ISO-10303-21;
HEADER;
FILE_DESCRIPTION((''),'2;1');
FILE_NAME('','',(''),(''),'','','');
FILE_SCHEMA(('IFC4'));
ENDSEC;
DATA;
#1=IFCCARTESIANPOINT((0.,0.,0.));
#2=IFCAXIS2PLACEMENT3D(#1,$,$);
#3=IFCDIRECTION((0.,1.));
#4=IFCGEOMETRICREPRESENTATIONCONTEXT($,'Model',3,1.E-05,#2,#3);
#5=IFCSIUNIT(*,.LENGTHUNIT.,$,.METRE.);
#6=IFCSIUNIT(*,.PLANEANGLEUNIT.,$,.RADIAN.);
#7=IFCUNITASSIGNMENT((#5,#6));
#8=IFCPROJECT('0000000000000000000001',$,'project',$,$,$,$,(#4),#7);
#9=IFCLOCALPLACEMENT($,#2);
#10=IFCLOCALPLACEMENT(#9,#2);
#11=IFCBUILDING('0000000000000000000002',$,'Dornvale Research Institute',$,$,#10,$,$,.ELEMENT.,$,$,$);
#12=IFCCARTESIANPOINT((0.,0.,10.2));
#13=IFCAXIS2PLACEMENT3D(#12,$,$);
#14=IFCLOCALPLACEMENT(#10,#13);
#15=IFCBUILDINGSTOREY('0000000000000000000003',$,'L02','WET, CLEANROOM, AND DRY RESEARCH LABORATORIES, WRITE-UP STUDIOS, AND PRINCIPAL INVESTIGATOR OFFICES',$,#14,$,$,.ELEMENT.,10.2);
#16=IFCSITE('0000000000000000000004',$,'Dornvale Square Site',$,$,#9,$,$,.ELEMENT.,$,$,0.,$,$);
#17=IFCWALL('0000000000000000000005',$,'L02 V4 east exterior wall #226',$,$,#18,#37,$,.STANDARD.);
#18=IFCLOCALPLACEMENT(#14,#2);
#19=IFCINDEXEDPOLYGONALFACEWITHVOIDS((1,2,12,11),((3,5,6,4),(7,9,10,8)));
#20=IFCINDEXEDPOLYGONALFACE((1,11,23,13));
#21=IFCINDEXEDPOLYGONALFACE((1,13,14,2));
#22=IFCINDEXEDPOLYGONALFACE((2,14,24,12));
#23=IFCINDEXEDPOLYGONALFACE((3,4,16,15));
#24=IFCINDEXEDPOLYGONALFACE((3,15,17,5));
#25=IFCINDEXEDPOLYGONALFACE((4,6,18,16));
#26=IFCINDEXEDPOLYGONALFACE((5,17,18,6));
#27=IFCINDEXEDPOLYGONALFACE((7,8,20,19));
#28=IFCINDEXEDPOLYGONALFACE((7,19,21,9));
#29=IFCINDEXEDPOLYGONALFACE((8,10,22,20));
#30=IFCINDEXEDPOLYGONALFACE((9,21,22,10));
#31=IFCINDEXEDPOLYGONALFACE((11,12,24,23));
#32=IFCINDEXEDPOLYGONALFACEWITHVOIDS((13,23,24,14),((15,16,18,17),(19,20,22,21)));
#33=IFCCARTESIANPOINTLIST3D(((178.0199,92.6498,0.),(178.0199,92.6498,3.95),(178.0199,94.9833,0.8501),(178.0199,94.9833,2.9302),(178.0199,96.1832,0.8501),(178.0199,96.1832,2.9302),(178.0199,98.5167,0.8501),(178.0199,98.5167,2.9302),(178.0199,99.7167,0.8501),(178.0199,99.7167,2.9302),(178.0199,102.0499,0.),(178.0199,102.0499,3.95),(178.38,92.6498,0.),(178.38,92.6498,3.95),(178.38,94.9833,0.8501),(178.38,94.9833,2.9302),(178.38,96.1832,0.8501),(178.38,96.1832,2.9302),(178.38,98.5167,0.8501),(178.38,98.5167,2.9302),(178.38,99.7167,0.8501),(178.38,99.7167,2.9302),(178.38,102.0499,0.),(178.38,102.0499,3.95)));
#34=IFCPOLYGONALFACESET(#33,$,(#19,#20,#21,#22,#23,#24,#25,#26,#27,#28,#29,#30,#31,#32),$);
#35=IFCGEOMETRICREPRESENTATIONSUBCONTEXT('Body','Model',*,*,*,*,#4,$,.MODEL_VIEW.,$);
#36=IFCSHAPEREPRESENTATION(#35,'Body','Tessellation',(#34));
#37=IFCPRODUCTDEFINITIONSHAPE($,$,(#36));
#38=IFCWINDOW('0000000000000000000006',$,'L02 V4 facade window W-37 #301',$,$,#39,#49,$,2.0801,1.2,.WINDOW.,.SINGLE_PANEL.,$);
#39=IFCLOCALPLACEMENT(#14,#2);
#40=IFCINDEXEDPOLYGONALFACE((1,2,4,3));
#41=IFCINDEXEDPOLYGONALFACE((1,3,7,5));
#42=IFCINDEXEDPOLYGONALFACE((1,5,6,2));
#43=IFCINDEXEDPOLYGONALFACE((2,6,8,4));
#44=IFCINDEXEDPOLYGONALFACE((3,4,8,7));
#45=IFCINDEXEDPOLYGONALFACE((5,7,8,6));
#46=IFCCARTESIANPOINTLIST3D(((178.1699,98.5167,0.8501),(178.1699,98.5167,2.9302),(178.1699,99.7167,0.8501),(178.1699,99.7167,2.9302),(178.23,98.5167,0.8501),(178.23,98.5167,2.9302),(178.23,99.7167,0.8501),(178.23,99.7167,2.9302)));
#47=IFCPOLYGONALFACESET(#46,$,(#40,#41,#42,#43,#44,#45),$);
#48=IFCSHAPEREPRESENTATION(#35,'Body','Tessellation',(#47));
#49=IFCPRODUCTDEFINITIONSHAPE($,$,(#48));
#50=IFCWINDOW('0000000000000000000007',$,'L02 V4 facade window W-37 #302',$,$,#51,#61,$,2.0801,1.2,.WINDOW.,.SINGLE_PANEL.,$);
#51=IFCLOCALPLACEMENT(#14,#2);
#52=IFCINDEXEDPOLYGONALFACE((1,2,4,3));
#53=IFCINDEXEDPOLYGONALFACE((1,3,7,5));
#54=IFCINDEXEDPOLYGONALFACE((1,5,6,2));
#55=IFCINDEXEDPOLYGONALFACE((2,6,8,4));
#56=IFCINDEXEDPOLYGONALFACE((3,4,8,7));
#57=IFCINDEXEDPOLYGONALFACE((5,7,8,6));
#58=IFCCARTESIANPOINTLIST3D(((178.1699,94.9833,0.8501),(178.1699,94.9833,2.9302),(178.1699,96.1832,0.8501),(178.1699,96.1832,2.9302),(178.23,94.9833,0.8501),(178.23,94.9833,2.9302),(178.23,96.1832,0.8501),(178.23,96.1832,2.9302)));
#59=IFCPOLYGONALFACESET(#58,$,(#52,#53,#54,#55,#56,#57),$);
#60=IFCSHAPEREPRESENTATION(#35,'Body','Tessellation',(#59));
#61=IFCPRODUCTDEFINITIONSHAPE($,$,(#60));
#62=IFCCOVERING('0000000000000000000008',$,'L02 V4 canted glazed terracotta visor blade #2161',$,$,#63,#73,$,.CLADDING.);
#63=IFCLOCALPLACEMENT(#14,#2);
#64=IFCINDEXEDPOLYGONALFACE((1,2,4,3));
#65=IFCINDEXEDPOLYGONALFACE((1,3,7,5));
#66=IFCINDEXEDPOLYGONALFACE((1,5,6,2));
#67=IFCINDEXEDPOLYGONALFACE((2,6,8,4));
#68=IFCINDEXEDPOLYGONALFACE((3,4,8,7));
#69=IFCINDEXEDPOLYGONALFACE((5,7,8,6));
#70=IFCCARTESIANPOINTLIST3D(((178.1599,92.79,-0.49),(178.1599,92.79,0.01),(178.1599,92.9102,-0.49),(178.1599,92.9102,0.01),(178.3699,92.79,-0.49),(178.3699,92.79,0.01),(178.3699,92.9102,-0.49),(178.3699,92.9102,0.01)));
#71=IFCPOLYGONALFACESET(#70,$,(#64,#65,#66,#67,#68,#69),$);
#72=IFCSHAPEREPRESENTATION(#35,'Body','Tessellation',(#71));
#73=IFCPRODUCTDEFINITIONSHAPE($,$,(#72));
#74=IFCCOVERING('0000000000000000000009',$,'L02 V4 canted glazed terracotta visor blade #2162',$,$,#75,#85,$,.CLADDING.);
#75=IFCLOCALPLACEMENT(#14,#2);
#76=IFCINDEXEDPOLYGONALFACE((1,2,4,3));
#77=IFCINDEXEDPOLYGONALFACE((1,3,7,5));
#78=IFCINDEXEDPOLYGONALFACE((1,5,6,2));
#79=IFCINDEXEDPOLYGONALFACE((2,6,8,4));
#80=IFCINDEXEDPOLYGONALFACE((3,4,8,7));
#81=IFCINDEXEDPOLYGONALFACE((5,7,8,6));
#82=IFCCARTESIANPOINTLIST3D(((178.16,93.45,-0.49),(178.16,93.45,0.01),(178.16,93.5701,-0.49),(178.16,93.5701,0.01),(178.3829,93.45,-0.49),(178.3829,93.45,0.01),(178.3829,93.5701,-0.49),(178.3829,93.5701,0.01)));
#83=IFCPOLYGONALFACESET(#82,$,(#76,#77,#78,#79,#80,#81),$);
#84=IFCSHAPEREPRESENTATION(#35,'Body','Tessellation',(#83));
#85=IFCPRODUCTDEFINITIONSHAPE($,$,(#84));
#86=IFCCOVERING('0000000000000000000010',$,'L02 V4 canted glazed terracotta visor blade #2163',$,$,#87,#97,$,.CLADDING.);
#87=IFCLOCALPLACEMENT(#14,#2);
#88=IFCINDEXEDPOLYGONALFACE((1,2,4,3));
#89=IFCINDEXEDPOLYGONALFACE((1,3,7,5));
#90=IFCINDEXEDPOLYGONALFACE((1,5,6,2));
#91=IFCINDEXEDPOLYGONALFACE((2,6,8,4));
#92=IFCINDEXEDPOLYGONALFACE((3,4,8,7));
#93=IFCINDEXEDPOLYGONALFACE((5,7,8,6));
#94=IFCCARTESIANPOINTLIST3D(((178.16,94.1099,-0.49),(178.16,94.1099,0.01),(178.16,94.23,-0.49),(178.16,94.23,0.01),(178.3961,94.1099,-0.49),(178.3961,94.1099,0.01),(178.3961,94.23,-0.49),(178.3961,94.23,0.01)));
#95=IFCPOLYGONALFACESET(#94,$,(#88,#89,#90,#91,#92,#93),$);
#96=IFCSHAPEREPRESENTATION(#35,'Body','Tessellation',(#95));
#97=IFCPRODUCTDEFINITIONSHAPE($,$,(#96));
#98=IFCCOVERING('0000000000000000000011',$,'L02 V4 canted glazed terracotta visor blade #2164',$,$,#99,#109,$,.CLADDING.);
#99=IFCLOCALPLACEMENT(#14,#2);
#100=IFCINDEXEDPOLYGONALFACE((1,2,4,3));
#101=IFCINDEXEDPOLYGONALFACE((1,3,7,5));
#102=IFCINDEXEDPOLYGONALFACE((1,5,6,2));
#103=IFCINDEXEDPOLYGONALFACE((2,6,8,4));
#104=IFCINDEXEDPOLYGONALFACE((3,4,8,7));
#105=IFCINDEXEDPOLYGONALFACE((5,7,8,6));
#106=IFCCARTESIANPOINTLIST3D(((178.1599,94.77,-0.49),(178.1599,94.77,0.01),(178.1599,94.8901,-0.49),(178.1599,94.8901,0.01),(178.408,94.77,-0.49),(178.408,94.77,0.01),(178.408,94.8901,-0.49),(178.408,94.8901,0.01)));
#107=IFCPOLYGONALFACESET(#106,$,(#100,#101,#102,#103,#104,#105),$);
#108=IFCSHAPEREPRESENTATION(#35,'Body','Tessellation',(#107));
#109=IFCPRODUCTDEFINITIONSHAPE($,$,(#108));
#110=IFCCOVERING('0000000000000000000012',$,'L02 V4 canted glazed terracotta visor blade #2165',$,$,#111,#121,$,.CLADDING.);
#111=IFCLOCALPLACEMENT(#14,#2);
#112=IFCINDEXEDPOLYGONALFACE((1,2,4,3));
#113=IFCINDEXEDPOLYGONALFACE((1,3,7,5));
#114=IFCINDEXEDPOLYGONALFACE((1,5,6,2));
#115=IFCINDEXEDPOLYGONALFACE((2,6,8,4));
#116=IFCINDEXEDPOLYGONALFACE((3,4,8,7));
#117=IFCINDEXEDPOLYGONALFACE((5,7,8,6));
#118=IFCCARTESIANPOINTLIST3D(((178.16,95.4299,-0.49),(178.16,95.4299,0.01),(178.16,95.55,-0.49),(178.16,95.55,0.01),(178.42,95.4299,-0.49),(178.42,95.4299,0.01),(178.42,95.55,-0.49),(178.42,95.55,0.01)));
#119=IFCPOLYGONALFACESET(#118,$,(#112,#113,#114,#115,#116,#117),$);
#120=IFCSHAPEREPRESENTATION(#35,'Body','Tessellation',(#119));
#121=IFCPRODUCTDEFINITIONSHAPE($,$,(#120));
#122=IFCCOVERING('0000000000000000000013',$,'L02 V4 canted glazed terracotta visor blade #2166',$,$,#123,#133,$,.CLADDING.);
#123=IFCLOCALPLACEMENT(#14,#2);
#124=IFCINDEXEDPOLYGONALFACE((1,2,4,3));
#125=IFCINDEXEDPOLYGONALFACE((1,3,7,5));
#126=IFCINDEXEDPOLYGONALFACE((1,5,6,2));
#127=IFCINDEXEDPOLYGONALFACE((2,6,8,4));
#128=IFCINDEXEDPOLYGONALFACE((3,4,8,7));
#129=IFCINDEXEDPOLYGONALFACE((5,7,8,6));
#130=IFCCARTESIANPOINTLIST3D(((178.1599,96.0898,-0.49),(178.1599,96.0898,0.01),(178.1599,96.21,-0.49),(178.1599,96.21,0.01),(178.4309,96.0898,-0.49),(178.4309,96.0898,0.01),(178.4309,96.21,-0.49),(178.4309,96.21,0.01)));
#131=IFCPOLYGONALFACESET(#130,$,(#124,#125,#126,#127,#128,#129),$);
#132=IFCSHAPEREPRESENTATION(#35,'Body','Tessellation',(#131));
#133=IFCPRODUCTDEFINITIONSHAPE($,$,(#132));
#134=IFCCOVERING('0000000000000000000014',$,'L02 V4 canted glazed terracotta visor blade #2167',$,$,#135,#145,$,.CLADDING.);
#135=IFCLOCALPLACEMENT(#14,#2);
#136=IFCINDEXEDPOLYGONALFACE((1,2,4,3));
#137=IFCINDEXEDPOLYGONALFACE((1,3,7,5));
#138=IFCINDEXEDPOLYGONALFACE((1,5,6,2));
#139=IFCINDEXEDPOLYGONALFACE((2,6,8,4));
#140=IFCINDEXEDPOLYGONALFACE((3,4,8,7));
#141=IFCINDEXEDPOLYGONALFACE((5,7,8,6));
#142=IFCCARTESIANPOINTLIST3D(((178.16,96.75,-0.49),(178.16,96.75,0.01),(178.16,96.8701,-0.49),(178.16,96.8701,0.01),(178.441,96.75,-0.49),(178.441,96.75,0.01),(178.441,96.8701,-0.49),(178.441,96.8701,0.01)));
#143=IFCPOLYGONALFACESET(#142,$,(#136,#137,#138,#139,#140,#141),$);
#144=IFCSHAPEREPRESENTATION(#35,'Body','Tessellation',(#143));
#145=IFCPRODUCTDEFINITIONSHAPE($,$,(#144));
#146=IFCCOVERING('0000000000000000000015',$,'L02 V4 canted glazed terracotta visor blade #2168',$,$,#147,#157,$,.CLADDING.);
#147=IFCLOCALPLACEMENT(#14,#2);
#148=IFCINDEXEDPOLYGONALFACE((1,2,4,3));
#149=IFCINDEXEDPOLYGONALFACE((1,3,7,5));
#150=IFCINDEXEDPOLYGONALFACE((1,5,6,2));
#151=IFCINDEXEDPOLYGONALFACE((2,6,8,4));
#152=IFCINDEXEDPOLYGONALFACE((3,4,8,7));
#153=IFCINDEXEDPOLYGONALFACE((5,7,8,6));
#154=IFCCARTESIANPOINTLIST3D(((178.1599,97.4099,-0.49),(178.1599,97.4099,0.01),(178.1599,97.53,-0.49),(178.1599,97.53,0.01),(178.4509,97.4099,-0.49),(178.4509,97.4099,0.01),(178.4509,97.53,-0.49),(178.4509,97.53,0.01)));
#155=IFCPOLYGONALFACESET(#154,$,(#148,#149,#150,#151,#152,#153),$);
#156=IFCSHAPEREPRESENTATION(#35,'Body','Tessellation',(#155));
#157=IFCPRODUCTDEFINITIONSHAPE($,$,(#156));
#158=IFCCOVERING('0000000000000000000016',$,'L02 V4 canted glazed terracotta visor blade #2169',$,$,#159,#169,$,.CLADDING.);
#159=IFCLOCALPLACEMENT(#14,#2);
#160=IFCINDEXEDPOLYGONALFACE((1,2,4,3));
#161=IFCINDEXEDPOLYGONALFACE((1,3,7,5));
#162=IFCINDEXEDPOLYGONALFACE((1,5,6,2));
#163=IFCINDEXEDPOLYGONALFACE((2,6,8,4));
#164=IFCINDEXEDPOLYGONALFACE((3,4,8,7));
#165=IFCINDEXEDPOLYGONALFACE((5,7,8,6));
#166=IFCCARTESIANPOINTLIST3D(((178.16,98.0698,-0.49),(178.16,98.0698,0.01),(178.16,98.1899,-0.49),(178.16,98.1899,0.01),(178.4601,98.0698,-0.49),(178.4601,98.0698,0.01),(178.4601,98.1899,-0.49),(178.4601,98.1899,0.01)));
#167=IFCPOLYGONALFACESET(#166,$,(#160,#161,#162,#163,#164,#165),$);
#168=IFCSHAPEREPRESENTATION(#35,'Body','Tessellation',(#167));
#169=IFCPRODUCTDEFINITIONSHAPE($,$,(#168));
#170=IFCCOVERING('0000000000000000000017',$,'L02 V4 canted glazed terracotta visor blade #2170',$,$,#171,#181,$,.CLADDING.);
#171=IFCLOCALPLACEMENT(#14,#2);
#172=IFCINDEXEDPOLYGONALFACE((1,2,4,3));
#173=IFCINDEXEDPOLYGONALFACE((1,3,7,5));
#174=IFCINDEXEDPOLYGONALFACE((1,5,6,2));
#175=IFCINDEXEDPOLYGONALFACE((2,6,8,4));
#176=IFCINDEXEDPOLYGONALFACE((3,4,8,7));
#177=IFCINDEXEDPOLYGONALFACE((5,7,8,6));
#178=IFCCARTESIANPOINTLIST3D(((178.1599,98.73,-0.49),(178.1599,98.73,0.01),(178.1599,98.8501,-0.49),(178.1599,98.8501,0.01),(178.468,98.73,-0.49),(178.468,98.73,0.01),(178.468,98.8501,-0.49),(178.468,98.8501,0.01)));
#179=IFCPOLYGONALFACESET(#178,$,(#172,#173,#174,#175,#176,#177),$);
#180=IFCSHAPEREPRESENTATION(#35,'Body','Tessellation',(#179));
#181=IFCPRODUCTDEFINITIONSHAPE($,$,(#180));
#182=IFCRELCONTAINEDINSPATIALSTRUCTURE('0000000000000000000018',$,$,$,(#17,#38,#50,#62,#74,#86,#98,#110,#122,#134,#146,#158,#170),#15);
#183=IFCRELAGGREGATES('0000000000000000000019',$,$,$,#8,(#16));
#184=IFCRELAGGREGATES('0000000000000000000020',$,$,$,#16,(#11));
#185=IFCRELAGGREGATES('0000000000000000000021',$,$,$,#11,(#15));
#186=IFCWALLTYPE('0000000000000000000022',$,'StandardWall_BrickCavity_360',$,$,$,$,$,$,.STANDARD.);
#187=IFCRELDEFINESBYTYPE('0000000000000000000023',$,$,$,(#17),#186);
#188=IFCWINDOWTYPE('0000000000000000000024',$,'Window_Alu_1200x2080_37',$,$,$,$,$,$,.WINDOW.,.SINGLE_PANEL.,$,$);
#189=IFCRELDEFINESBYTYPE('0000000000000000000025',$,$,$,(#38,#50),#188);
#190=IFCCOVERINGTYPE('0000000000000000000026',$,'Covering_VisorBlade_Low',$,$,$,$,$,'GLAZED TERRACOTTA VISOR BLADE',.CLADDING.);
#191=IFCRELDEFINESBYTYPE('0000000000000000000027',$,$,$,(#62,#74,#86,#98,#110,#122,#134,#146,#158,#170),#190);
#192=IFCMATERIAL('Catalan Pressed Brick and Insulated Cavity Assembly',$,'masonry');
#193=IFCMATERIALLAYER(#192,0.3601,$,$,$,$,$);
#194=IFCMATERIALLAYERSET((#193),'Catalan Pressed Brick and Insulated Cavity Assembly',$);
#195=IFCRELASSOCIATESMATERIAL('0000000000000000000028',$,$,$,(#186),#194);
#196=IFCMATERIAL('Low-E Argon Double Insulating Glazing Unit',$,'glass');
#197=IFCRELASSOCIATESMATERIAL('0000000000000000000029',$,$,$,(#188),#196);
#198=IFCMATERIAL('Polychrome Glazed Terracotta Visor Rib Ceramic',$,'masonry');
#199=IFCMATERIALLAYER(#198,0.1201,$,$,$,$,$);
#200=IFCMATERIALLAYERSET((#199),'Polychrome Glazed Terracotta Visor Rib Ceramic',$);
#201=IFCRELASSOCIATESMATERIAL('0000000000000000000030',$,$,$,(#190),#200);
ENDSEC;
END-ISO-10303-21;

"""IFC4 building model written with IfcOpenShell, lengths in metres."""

from ifc_helpers import new_model, si_unit, direction, frame, frame_2d, origin, origin_2d, place, context, subcontext, project, spatial, rectangle, extrude, material, layer, layer_set, type_object, element, fill, save


model = new_model("IFC4")

# Units and contexts
model_context = context("Model", 3, precision=1e-05, world=origin(), true_north=direction((0.0, 1.0)))
body_context = subcontext(model_context, "Body", "Model", "MODEL_VIEW")
ifc_project = project(units=[si_unit("LENGTHUNIT", "METRE"), si_unit("PLANEANGLEUNIT", "RADIAN")], contexts=[model_context])

# Site, building, storey
site_placement = place(None, origin())
site = spatial("IfcSite", under=ifc_project, at=site_placement, Name="Dornvale Square Site", CompositionType="ELEMENT", RefElevation=0.0)
building_placement = place(site_placement, origin())
building = spatial("IfcBuilding", under=site, at=building_placement, Name="Dornvale Research Institute", CompositionType="ELEMENT")
storey_placement = place(building_placement, frame((0.0, 0.0, 10.2)))
storey = spatial("IfcBuildingStorey", under=building, at=storey_placement, Name="L02", Description="WET, CLEANROOM, AND DRY RESEARCH LABORATORIES, WRITE-UP STUDIOS, AND PRINCIPAL INVESTIGATOR OFFICES", CompositionType="ELEMENT", Elevation=10.2)

# Wall, openings, windows
ifc_material_1 = material(Name="Catalan Pressed Brick and Insulated Cavity Assembly", Category="masonry")
ifc_layer_1 = layer(ifc_material_1, 0.3601)
ifc_layer_set_1 = layer_set([ifc_layer_1], Name="Catalan Pressed Brick and Insulated Cavity Assembly")
wall_type = type_object("IfcWallType", Name="StandardWall_BrickCavity_360", PredefinedType="STANDARD", material=ifc_layer_set_1)
wall_placement = place(storey_placement, frame((178.2, 102.05, 0.0), z_axis=(0.0, 0.0, 1.0), x_axis=(0.0, -1.0, 0.0)))
wall = element("IfcWall", 1, at=wall_placement, inside=storey, type_object=wall_type, Name="L02 V4 east exterior wall #226", PredefinedType="STANDARD", context=body_context, shape_type="SweptSolid", body=[
    extrude(rectangle(XDim=9.4001, YDim=0.3601, at=frame_2d((4.7002, 0.0))), origin(), (0.0, 0.0, 1.0), 3.95),
])
opening_1_placement = place(wall_placement, frame((2.3333, 0.0, 0.8501)))
opening_1 = element("IfcOpeningElement", 2, at=opening_1_placement, cuts=wall, PredefinedType="OPENING", context=body_context, shape_type="SweptSolid", body=[
    extrude(rectangle(XDim=1.2, YDim=2.0801, at=frame_2d((0.6001, 1.04))), frame((0.0, 0.1951, 0.0), z_axis=(0.0, -1.0, 0.0), x_axis=(1.0, 0.0, 0.0)), (0.0, 0.0, 1.0), 0.3901),
])
opening_2_placement = place(wall_placement, frame((5.8667, 0.0, 0.8501)))
opening_2 = element("IfcOpeningElement", 3, at=opening_2_placement, cuts=wall, PredefinedType="OPENING", context=body_context, shape_type="SweptSolid", body=[
    extrude(rectangle(XDim=1.2, YDim=2.0801, at=frame_2d((0.6001, 1.04))), frame((0.0, 0.1951, 0.0), z_axis=(0.0, -1.0, 0.0), x_axis=(1.0, 0.0, 0.0)), (0.0, 0.0, 1.0), 0.3901),
])
ifc_material_2 = material(Name="Low-E Argon Double Insulating Glazing Unit", Category="glass")
window_type = type_object("IfcWindowType", Name="Window_Alu_1200x2080_37", PartitioningType="SINGLE_PANEL", PredefinedType="WINDOW", material=ifc_material_2)
window_1_placement = place(opening_1_placement, origin())
window_1 = element("IfcWindow", 4, at=window_1_placement, inside=storey, type_object=window_type, Name="L02 V4 facade window W-37 #301", OverallHeight=2.0801, OverallWidth=1.2, PartitioningType="SINGLE_PANEL", PredefinedType="WINDOW", context=body_context, shape_type="SweptSolid", body=[
    extrude(rectangle(XDim=1.2, YDim=2.0801, at=frame_2d((0.6001, 1.04))), frame((0.0, 0.03, 0.0), z_axis=(0.0, -1.0, 0.0), x_axis=(1.0, 0.0, 0.0)), (0.0, 0.0, 1.0), 0.0601),
])
fill(opening_1, window_1)
window_2_placement = place(opening_2_placement, origin())
window_2 = element("IfcWindow", 5, at=window_2_placement, inside=storey, type_object=window_type, Name="L02 V4 facade window W-37 #302", OverallHeight=2.0801, OverallWidth=1.2, PartitioningType="SINGLE_PANEL", PredefinedType="WINDOW", context=body_context, shape_type="SweptSolid", body=[
    extrude(rectangle(XDim=1.2, YDim=2.0801, at=frame_2d((0.6001, 1.04))), frame((0.0, 0.03, 0.0), z_axis=(0.0, -1.0, 0.0), x_axis=(1.0, 0.0, 0.0)), (0.0, 0.0, 1.0), 0.0601),
])
fill(opening_2, window_2)

# Coverings
ifc_material_3 = material(Name="Polychrome Glazed Terracotta Visor Rib Ceramic", Category="masonry")
ifc_layer_2 = layer(ifc_material_3, 0.1201)
ifc_layer_set_2 = layer_set([ifc_layer_2], Name="Polychrome Glazed Terracotta Visor Rib Ceramic")
covering_type = type_object("IfcCoveringType", Name="Covering_VisorBlade_Low", ElementType="GLAZED TERRACOTTA VISOR BLADE", PredefinedType="CLADDING", material=ifc_layer_set_2)
covering_1_placement = place(storey_placement, frame((178.2649, 92.8501, -0.49), z_axis=(0.0, 0.0, 1.0), x_axis=(1.0, 0.0, 0.0)))
element("IfcCovering", 6, at=covering_1_placement, inside=storey, type_object=covering_type, Name="L02 V4 canted glazed terracotta visor blade #2161", PredefinedType="CLADDING", context=body_context, shape_type="SweptSolid", body=[
    extrude(rectangle(XDim=0.21, YDim=0.1201, at=origin_2d()), origin(), (0.0, 0.0, 1.0), 0.5),
])
covering_2_placement = place(storey_placement, frame((178.2715, 93.51, -0.49), z_axis=(0.0, 0.0, 1.0), x_axis=(1.0, 0.0, 0.0)))
element("IfcCovering", 7, at=covering_2_placement, inside=storey, type_object=covering_type, Name="L02 V4 canted glazed terracotta visor blade #2162", PredefinedType="CLADDING", context=body_context, shape_type="SweptSolid", body=[
    extrude(rectangle(XDim=0.2229, YDim=0.1201, at=origin_2d()), origin(), (0.0, 0.0, 1.0), 0.5),
])
covering_3_placement = place(storey_placement, frame((178.2781, 94.1699, -0.49), z_axis=(0.0, 0.0, 1.0), x_axis=(1.0, 0.0, 0.0)))
element("IfcCovering", 8, at=covering_3_placement, inside=storey, type_object=covering_type, Name="L02 V4 canted glazed terracotta visor blade #2163", PredefinedType="CLADDING", context=body_context, shape_type="SweptSolid", body=[
    extrude(rectangle(XDim=0.2361, YDim=0.1201, at=origin_2d()), origin(), (0.0, 0.0, 1.0), 0.5),
])
covering_4_placement = place(storey_placement, frame((178.2839, 94.8301, -0.49), z_axis=(0.0, 0.0, 1.0), x_axis=(1.0, 0.0, 0.0)))
element("IfcCovering", 9, at=covering_4_placement, inside=storey, type_object=covering_type, Name="L02 V4 canted glazed terracotta visor blade #2164", PredefinedType="CLADDING", context=body_context, shape_type="SweptSolid", body=[
    extrude(rectangle(XDim=0.248, YDim=0.1201, at=origin_2d()), origin(), (0.0, 0.0, 1.0), 0.5),
])
covering_5_placement = place(storey_placement, frame((178.29, 95.49, -0.49), z_axis=(0.0, 0.0, 1.0), x_axis=(1.0, 0.0, 0.0)))
element("IfcCovering", 10, at=covering_5_placement, inside=storey, type_object=covering_type, Name="L02 V4 canted glazed terracotta visor blade #2165", PredefinedType="CLADDING", context=body_context, shape_type="SweptSolid", body=[
    extrude(rectangle(XDim=0.26, YDim=0.1201, at=origin_2d()), origin(), (0.0, 0.0, 1.0), 0.5),
])
covering_6_placement = place(storey_placement, frame((178.2954, 96.1499, -0.49), z_axis=(0.0, 0.0, 1.0), x_axis=(1.0, 0.0, 0.0)))
element("IfcCovering", 11, at=covering_6_placement, inside=storey, type_object=covering_type, Name="L02 V4 canted glazed terracotta visor blade #2166", PredefinedType="CLADDING", context=body_context, shape_type="SweptSolid", body=[
    extrude(rectangle(XDim=0.271, YDim=0.1201, at=origin_2d()), origin(), (0.0, 0.0, 1.0), 0.5),
])
covering_7_placement = place(storey_placement, frame((178.3005, 96.8101, -0.49), z_axis=(0.0, 0.0, 1.0), x_axis=(1.0, 0.0, 0.0)))
element("IfcCovering", 12, at=covering_7_placement, inside=storey, type_object=covering_type, Name="L02 V4 canted glazed terracotta visor blade #2167", PredefinedType="CLADDING", context=body_context, shape_type="SweptSolid", body=[
    extrude(rectangle(XDim=0.281, YDim=0.1201, at=origin_2d()), origin(), (0.0, 0.0, 1.0), 0.5),
])
covering_8_placement = place(storey_placement, frame((178.3054, 97.47, -0.49), z_axis=(0.0, 0.0, 1.0), x_axis=(1.0, 0.0, 0.0)))
element("IfcCovering", 13, at=covering_8_placement, inside=storey, type_object=covering_type, Name="L02 V4 canted glazed terracotta visor blade #2168", PredefinedType="CLADDING", context=body_context, shape_type="SweptSolid", body=[
    extrude(rectangle(XDim=0.291, YDim=0.1201, at=origin_2d()), origin(), (0.0, 0.0, 1.0), 0.5),
])
covering_9_placement = place(storey_placement, frame((178.3101, 98.1299, -0.49), z_axis=(0.0, 0.0, 1.0), x_axis=(1.0, 0.0, 0.0)))
element("IfcCovering", 14, at=covering_9_placement, inside=storey, type_object=covering_type, Name="L02 V4 canted glazed terracotta visor blade #2169", PredefinedType="CLADDING", context=body_context, shape_type="SweptSolid", body=[
    extrude(rectangle(XDim=0.3, YDim=0.1201, at=origin_2d()), origin(), (0.0, 0.0, 1.0), 0.5),
])
covering_10_placement = place(storey_placement, frame((178.314, 98.79, -0.49), z_axis=(0.0, 0.0, 1.0), x_axis=(1.0, 0.0, 0.0)))
element("IfcCovering", 15, at=covering_10_placement, inside=storey, type_object=covering_type, Name="L02 V4 canted glazed terracotta visor blade #2170", PredefinedType="CLADDING", context=body_context, shape_type="SweptSolid", body=[
    extrude(rectangle(XDim=0.3081, YDim=0.1201, at=origin_2d()), origin(), (0.0, 0.0, 1.0), 0.5),
])

save(model, "model.ifc")
